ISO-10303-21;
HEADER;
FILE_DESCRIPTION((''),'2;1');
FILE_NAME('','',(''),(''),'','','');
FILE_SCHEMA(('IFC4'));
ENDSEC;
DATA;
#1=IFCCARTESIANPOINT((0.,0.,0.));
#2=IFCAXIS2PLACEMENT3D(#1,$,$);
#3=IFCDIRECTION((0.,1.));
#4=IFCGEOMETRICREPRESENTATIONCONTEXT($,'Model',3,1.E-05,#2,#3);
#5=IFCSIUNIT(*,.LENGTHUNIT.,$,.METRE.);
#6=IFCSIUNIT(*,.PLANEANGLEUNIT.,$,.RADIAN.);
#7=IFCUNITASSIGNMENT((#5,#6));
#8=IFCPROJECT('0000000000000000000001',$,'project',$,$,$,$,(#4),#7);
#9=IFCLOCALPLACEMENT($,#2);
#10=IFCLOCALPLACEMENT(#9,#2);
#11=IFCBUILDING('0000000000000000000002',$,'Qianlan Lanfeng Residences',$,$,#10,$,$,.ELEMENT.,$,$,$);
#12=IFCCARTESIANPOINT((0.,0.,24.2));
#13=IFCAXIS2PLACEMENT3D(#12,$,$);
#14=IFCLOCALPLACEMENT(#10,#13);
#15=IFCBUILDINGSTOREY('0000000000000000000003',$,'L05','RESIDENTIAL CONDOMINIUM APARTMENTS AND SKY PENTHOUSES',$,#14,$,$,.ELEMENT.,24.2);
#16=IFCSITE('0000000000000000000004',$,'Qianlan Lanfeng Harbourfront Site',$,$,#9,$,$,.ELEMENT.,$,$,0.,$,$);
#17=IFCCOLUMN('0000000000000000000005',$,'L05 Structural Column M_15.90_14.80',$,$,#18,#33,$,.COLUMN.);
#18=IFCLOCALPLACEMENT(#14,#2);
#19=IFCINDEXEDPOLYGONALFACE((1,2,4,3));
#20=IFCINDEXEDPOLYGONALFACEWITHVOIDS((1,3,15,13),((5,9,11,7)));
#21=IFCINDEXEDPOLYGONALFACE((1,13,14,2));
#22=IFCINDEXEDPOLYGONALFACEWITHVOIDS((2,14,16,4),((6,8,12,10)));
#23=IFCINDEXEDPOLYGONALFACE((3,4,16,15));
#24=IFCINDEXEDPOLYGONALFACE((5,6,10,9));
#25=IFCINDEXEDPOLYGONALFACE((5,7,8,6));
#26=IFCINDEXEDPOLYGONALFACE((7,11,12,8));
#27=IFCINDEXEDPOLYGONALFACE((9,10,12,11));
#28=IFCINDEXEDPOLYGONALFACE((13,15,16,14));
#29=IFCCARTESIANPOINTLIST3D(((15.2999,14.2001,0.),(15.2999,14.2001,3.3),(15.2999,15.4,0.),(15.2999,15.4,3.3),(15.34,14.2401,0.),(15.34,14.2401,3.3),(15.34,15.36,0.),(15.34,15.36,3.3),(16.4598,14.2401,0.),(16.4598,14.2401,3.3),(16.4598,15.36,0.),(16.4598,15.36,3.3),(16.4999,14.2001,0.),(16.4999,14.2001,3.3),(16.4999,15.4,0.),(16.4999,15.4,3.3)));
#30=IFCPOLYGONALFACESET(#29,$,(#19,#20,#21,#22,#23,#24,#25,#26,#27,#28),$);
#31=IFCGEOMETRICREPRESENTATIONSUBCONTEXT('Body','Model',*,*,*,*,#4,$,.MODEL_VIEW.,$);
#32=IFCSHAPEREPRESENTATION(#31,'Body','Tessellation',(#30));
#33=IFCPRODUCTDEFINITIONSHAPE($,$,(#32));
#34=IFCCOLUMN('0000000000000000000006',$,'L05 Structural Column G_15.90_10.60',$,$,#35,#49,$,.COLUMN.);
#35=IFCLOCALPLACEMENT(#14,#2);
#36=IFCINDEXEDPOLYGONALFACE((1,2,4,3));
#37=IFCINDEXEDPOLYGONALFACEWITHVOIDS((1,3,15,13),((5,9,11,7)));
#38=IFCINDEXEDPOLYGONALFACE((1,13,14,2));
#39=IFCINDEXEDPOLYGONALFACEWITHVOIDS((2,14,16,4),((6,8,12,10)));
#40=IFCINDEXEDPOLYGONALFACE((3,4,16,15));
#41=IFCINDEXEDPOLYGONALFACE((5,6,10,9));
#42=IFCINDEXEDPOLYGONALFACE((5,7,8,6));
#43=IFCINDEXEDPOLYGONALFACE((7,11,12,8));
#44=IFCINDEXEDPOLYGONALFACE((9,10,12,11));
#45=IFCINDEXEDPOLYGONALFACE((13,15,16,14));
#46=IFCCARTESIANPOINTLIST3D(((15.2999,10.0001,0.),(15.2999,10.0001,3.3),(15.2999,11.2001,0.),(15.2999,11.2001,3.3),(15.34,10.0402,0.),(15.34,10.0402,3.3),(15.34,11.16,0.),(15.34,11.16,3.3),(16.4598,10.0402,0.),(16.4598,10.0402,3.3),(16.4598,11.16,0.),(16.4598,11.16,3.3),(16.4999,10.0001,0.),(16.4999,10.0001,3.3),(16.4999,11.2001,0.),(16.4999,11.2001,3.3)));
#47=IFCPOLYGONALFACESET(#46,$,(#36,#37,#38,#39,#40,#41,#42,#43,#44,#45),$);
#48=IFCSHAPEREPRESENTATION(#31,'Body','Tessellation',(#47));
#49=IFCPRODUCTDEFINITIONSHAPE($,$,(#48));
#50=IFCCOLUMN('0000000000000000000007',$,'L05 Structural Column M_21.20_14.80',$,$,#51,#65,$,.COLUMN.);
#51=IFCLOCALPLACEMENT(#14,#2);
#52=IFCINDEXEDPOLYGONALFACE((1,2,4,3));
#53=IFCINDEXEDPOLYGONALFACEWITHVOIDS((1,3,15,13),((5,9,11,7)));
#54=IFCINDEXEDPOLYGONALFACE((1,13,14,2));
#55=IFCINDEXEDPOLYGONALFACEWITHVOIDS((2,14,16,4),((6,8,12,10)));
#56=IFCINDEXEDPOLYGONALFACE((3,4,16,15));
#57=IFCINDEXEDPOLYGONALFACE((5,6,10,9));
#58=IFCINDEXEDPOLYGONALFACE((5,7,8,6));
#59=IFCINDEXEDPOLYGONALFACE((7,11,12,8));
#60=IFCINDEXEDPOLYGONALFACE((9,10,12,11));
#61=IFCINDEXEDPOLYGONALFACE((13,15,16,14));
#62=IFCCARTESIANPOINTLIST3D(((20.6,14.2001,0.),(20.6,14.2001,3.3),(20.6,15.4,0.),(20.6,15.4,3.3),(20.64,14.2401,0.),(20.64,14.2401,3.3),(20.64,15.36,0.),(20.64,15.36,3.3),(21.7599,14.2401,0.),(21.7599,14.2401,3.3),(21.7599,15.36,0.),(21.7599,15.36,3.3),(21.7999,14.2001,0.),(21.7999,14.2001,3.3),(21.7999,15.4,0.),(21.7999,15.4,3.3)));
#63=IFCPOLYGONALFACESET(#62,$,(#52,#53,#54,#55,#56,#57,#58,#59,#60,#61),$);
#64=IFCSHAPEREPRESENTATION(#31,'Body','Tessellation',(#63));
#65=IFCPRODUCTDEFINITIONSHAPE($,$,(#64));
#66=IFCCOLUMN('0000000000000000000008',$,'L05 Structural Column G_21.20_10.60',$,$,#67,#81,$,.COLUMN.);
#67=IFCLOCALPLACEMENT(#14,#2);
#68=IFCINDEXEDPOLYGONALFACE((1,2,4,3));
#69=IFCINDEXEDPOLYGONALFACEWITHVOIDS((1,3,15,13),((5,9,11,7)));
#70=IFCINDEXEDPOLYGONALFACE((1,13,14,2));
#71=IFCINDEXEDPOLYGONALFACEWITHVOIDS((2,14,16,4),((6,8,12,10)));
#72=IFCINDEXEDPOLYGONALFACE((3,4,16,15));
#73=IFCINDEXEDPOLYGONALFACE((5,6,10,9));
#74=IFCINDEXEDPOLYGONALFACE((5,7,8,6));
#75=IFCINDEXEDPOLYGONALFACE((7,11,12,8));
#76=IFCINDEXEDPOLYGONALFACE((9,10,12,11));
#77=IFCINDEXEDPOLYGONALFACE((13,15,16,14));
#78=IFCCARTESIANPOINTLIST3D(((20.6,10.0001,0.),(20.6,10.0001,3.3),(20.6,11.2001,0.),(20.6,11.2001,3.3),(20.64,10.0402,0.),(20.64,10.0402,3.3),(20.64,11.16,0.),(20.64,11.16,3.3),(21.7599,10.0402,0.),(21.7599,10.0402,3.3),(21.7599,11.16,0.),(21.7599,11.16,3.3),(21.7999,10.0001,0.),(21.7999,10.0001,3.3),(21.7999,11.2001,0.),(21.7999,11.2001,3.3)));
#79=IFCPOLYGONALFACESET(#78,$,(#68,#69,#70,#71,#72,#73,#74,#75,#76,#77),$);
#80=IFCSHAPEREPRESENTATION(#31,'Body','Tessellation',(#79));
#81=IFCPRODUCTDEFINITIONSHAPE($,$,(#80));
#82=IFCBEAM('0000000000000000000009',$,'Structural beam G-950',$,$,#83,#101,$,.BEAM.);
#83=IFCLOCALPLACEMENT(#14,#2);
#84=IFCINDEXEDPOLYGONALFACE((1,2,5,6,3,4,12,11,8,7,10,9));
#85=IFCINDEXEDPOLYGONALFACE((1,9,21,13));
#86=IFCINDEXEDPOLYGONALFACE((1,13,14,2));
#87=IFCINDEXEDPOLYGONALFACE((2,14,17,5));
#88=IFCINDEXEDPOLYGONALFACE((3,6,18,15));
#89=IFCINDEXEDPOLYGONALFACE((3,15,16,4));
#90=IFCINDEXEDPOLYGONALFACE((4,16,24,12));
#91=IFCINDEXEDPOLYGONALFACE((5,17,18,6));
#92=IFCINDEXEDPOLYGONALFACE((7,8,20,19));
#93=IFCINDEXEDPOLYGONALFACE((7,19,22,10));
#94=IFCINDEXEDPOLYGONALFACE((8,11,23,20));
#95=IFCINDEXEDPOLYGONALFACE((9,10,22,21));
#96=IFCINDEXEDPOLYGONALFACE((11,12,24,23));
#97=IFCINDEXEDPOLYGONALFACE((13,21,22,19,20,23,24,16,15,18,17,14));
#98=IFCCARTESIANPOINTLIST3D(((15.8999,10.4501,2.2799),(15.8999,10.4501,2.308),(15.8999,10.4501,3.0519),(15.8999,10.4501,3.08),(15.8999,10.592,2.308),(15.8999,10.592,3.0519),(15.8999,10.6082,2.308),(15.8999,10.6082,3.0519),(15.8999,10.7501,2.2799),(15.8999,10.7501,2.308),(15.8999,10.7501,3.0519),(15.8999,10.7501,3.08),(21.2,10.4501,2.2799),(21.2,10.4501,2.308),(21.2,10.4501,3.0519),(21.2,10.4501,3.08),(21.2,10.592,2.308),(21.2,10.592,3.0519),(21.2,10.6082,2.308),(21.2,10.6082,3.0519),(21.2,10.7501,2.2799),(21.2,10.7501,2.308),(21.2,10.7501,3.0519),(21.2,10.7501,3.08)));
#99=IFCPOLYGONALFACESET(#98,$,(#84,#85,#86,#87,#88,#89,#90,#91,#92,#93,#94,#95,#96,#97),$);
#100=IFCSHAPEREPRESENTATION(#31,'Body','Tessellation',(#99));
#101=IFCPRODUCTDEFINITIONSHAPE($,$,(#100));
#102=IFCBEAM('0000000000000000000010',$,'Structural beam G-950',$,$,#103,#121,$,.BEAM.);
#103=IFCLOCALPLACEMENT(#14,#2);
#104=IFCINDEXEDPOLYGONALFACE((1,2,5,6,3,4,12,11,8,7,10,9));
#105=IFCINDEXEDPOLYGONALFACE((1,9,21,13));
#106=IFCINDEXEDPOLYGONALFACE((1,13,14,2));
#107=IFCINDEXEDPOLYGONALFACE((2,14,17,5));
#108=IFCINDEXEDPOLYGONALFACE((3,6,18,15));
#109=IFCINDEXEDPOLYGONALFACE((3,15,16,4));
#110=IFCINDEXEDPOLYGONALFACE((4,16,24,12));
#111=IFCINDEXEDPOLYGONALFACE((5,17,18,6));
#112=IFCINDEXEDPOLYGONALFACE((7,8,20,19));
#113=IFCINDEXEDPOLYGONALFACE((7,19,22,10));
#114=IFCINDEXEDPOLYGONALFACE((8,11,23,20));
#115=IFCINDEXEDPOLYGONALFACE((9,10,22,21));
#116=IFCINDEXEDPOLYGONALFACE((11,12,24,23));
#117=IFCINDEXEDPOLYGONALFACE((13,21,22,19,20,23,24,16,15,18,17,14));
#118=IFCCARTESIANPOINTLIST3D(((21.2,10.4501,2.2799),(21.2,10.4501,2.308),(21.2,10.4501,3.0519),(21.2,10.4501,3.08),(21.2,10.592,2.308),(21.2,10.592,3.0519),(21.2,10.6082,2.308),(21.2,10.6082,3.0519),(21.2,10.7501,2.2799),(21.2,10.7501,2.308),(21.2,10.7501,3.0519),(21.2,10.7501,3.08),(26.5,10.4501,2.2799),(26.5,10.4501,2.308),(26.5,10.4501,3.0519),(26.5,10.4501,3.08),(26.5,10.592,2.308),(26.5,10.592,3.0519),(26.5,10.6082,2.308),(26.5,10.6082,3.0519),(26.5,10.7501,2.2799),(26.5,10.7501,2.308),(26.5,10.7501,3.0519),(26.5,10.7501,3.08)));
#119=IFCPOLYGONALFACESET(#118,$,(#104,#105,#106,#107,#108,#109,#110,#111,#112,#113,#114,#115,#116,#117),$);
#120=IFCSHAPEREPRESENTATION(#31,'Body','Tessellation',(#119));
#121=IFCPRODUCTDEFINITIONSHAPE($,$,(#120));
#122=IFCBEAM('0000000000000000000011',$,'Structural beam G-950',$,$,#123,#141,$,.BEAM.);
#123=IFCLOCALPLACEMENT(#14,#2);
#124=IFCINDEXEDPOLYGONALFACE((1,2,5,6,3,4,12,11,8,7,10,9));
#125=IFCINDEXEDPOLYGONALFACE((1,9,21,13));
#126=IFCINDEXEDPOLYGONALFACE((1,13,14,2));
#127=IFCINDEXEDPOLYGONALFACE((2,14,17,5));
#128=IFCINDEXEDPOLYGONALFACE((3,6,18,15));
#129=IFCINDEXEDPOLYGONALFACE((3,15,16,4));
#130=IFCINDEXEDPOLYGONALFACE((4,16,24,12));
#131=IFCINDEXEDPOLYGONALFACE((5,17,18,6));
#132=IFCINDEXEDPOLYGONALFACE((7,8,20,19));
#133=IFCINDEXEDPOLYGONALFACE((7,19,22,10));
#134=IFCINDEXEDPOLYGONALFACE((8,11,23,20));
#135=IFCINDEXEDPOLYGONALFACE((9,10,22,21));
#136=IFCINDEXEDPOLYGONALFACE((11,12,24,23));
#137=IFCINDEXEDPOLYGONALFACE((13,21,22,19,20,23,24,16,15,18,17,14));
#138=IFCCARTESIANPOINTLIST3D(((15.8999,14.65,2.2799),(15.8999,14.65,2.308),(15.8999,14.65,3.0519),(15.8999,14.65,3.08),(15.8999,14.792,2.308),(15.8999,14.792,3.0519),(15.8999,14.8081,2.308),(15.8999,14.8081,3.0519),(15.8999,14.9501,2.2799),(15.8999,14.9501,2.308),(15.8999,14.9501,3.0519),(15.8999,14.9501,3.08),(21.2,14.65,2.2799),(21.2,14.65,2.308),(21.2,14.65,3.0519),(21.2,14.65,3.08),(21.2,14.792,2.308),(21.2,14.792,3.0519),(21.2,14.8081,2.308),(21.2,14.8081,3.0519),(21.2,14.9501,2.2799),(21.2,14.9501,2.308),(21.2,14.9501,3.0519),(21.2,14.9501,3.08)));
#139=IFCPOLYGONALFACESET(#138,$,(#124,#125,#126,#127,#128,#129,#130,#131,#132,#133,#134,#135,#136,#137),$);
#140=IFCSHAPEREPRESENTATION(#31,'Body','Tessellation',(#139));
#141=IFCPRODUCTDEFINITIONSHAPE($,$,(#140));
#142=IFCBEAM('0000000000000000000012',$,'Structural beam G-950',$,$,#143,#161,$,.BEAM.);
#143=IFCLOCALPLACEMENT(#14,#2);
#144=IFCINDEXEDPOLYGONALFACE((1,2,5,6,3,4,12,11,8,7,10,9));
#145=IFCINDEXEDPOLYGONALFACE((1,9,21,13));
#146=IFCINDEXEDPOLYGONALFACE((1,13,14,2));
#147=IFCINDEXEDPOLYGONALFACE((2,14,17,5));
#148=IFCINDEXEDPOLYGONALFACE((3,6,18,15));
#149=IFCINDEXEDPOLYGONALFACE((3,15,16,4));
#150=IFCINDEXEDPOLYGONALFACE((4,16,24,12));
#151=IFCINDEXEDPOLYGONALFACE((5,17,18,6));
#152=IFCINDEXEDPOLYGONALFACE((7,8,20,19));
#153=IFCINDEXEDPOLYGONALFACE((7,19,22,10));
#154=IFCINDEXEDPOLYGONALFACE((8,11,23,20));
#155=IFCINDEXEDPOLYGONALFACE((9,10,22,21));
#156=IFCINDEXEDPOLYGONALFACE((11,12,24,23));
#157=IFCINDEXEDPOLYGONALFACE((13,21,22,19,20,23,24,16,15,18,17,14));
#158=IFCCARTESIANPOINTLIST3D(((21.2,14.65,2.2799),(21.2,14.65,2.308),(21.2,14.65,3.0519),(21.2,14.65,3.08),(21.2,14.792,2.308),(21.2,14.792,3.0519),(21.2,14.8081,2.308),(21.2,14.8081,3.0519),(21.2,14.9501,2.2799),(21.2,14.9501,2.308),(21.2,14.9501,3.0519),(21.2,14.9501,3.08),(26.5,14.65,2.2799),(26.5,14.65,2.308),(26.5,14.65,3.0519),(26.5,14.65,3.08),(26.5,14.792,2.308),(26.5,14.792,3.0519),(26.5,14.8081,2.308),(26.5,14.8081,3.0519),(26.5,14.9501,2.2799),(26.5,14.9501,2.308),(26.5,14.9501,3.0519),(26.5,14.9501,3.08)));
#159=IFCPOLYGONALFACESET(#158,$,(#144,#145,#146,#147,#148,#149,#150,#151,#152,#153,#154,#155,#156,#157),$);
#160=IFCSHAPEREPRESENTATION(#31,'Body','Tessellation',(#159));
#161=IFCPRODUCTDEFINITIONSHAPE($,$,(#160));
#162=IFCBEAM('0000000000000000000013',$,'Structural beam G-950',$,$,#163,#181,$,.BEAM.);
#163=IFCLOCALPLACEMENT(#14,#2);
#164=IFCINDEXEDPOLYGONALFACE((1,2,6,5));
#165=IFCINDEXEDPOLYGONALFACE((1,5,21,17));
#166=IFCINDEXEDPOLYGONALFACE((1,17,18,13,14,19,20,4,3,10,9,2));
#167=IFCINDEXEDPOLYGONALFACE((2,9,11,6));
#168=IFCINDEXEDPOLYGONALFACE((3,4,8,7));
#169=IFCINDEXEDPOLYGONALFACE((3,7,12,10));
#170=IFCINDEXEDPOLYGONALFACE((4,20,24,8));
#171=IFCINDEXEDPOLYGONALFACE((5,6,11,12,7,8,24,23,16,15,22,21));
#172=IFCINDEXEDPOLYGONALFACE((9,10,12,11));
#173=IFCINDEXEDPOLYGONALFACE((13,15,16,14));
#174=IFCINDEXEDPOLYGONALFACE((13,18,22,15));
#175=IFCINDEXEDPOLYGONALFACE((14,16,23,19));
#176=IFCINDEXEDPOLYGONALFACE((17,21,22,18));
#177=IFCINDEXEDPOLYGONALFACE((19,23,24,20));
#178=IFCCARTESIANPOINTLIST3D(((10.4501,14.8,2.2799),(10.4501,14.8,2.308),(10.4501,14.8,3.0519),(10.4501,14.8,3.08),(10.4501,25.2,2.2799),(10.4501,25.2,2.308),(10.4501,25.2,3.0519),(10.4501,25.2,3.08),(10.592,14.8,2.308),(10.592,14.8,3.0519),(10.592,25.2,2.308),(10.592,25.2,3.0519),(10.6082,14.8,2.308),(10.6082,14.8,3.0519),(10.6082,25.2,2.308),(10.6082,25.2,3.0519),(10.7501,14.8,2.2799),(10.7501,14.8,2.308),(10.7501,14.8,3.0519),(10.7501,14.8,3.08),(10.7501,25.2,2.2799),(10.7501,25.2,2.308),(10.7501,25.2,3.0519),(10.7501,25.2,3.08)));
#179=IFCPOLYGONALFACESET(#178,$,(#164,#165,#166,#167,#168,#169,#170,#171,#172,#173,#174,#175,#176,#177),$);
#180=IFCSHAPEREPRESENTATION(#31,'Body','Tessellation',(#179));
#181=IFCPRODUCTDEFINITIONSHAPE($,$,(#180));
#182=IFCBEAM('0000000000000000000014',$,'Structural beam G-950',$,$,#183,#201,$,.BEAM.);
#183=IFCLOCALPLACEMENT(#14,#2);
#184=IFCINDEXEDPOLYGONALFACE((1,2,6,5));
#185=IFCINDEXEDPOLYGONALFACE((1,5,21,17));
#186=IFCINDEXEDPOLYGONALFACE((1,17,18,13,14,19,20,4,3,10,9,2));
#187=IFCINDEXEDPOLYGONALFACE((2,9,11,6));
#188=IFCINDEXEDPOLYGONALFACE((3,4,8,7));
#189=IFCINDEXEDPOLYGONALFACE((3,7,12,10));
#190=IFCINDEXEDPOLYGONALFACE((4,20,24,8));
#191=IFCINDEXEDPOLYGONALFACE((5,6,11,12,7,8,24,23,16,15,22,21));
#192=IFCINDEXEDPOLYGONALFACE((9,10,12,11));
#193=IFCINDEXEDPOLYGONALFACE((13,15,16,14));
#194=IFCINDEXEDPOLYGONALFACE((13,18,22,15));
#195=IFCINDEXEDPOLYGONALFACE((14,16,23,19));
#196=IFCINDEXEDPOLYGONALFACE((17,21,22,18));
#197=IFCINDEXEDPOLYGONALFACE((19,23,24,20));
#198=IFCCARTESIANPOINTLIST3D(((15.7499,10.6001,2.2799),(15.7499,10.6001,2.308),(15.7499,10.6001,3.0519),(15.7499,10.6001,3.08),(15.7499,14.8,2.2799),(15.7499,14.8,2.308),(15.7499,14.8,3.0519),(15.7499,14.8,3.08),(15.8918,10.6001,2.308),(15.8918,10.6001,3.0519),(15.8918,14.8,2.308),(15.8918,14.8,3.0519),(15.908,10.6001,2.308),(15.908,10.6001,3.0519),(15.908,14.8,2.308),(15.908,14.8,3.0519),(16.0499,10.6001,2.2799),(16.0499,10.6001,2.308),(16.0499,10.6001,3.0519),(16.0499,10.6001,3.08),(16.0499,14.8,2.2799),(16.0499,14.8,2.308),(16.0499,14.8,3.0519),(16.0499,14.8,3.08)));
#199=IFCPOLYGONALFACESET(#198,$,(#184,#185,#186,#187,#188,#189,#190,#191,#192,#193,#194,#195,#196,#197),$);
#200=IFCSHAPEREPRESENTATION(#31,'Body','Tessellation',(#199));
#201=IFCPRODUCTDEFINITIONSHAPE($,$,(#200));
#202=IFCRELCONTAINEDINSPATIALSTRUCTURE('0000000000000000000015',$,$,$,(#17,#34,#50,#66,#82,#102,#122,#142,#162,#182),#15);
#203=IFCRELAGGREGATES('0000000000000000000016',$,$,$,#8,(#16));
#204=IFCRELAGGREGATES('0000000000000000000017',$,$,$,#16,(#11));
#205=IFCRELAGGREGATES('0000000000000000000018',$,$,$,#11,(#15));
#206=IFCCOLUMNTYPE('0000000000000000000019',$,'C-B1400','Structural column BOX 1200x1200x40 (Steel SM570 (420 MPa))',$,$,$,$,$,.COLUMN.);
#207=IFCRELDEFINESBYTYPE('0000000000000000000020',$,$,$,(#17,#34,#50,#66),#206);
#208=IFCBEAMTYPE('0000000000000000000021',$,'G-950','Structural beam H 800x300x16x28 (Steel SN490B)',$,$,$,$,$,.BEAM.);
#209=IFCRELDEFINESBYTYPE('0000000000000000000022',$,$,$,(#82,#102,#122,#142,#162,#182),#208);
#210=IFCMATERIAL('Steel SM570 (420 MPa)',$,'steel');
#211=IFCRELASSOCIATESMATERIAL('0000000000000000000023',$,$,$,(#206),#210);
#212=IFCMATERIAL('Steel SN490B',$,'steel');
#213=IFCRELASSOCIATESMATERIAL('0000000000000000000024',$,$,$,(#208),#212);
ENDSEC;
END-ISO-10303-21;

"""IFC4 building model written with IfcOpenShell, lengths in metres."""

from ifc_helpers import new_model, si_unit, direction, frame, origin, origin_2d, place, context, subcontext, project, spatial, hollow_rectangle, i_section, extrude, material, material_profile, profile_set, type_object, element, save


model = new_model("IFC4")

# Units and contexts
model_context = context("Model", 3, precision=1e-05, world=origin(), true_north=direction((0.0, 1.0)))
body_context = subcontext(model_context, "Body", "Model", "MODEL_VIEW")
ifc_project = project(units=[si_unit("LENGTHUNIT", "METRE"), si_unit("PLANEANGLEUNIT", "RADIAN")], contexts=[model_context])

# Site, building, storey
site_placement = place(None, origin())
site = spatial("IfcSite", under=ifc_project, at=site_placement, Name="Qianlan Lanfeng Harbourfront Site", CompositionType="ELEMENT", RefElevation=0.0)
building_placement = place(site_placement, origin())
building = spatial("IfcBuilding", under=site, at=building_placement, Name="Qianlan Lanfeng Residences", CompositionType="ELEMENT")
storey_placement = place(building_placement, frame((0.0, 0.0, 24.2)))
storey = spatial("IfcBuildingStorey", under=building, at=storey_placement, Name="L05", Description="RESIDENTIAL CONDOMINIUM APARTMENTS AND SKY PENTHOUSES", CompositionType="ELEMENT", Elevation=24.2)

# Columns
ifc_material_1 = material(Name="Steel SM570 (420 MPa)", Category="steel")
ifc_material_profile_1 = material_profile(ifc_material_1, hollow_rectangle(XDim=1.2, YDim=1.2, WallThickness=0.04, at=origin_2d()), Name="BOX 1200x1200x40")
ifc_profile_set_1 = profile_set([ifc_material_profile_1], Name="Steel SM570 (420 MPa)")
column_type = type_object("IfcColumnType", Name="C-B1400", Description="Structural column BOX 1200x1200x40 (Steel SM570 (420 MPa))", PredefinedType="COLUMN", material=ifc_profile_set_1)
for number, where, z_axis, x_axis, name in (
    (1, (15.8999, 14.8, 0.0), (0.0, 0.0, 1.0), (1.0, 0.0, 0.0), "L05 Structural Column M_15.90_14.80"),
    (2, (15.8999, 10.6001, 0.0), (0.0, 0.0, 1.0), (1.0, 0.0, 0.0), "L05 Structural Column G_15.90_10.60"),
    (3, (21.2, 14.8, 0.0), (0.0, 0.0, 1.0), (1.0, 0.0, 0.0), "L05 Structural Column M_21.20_14.80"),
    (4, (21.2, 10.6001, 0.0), (0.0, 0.0, 1.0), (1.0, 0.0, 0.0), "L05 Structural Column G_21.20_10.60"),
):
    element("IfcColumn", number, at=place(storey_placement, frame(where, z_axis=z_axis, x_axis=x_axis)), inside=storey, type_object=column_type, Name=name, PredefinedType="COLUMN", context=body_context, shape_type="SweptSolid", body=[
        extrude(hollow_rectangle(XDim=1.2, YDim=1.2, WallThickness=0.04, at=origin_2d()), origin(), (0.0, 0.0, 1.0), 3.3),
    ])

# Beams
ifc_material_2 = material(Name="Steel SN490B", Category="steel")
ifc_material_profile_2 = material_profile(ifc_material_2, i_section(OverallWidth=0.3, OverallDepth=0.8, WebThickness=0.0161, FlangeThickness=0.0281, at=origin_2d()), Name="H 800x300x16x28")
ifc_profile_set_2 = profile_set([ifc_material_profile_2], Name="Steel SN490B")
beam_type_1 = type_object("IfcBeamType", Name="G-950", Description="Structural beam H 800x300x16x28 (Steel SN490B)", PredefinedType="BEAM", material=ifc_profile_set_2)
for number, where, z_axis, x_axis, name in (
    (5, (15.8999, 10.6001, 2.6799), (1.0, 0.0, 0.0), (0.0, 1.0, 0.0), "Structural beam G-950"),
    (6, (21.2, 10.6001, 2.6799), (1.0, 0.0, 0.0), (0.0, 1.0, 0.0), "Structural beam G-950"),
    (7, (15.8999, 14.8, 2.6799), (1.0, 0.0, 0.0), (0.0, 1.0, 0.0), "Structural beam G-950"),
    (8, (21.2, 14.8, 2.6799), (1.0, 0.0, 0.0), (0.0, 1.0, 0.0), "Structural beam G-950"),
):
    element("IfcBeam", number, at=place(storey_placement, frame(where, z_axis=z_axis, x_axis=x_axis)), inside=storey, type_object=beam_type_1, Name=name, PredefinedType="BEAM", context=body_context, shape_type="SweptSolid", body=[
        extrude(i_section(OverallWidth=0.3, OverallDepth=0.8, WebThickness=0.0161, FlangeThickness=0.0281, at=origin_2d()), origin(), (0.0, 0.0, 1.0), 5.3),
    ])
beam_1_placement = place(storey_placement, frame((10.6001, 14.8, 2.6799), z_axis=(0.0, 1.0, 0.0), x_axis=(-1.0, 0.0, 0.0)))
element("IfcBeam", 9, at=beam_1_placement, inside=storey, type_object=beam_type_1, Name="Structural beam G-950", PredefinedType="BEAM", context=body_context, shape_type="SweptSolid", body=[
    extrude(i_section(OverallWidth=0.3, OverallDepth=0.8, WebThickness=0.0161, FlangeThickness=0.0281, at=origin_2d()), origin(), (0.0, 0.0, 1.0), 10.3999),
])
beam_2_placement = place(storey_placement, frame((15.8999, 10.6001, 2.6799), z_axis=(0.0, 1.0, 0.0), x_axis=(-1.0, 0.0, 0.0)))
element("IfcBeam", 10, at=beam_2_placement, inside=storey, type_object=beam_type_1, Name="Structural beam G-950", PredefinedType="BEAM", context=body_context, shape_type="SweptSolid", body=[
    extrude(i_section(OverallWidth=0.3, OverallDepth=0.8, WebThickness=0.0161, FlangeThickness=0.0281, at=origin_2d()), origin(), (0.0, 0.0, 1.0), 4.2),
])

save(model, "model.ifc")
